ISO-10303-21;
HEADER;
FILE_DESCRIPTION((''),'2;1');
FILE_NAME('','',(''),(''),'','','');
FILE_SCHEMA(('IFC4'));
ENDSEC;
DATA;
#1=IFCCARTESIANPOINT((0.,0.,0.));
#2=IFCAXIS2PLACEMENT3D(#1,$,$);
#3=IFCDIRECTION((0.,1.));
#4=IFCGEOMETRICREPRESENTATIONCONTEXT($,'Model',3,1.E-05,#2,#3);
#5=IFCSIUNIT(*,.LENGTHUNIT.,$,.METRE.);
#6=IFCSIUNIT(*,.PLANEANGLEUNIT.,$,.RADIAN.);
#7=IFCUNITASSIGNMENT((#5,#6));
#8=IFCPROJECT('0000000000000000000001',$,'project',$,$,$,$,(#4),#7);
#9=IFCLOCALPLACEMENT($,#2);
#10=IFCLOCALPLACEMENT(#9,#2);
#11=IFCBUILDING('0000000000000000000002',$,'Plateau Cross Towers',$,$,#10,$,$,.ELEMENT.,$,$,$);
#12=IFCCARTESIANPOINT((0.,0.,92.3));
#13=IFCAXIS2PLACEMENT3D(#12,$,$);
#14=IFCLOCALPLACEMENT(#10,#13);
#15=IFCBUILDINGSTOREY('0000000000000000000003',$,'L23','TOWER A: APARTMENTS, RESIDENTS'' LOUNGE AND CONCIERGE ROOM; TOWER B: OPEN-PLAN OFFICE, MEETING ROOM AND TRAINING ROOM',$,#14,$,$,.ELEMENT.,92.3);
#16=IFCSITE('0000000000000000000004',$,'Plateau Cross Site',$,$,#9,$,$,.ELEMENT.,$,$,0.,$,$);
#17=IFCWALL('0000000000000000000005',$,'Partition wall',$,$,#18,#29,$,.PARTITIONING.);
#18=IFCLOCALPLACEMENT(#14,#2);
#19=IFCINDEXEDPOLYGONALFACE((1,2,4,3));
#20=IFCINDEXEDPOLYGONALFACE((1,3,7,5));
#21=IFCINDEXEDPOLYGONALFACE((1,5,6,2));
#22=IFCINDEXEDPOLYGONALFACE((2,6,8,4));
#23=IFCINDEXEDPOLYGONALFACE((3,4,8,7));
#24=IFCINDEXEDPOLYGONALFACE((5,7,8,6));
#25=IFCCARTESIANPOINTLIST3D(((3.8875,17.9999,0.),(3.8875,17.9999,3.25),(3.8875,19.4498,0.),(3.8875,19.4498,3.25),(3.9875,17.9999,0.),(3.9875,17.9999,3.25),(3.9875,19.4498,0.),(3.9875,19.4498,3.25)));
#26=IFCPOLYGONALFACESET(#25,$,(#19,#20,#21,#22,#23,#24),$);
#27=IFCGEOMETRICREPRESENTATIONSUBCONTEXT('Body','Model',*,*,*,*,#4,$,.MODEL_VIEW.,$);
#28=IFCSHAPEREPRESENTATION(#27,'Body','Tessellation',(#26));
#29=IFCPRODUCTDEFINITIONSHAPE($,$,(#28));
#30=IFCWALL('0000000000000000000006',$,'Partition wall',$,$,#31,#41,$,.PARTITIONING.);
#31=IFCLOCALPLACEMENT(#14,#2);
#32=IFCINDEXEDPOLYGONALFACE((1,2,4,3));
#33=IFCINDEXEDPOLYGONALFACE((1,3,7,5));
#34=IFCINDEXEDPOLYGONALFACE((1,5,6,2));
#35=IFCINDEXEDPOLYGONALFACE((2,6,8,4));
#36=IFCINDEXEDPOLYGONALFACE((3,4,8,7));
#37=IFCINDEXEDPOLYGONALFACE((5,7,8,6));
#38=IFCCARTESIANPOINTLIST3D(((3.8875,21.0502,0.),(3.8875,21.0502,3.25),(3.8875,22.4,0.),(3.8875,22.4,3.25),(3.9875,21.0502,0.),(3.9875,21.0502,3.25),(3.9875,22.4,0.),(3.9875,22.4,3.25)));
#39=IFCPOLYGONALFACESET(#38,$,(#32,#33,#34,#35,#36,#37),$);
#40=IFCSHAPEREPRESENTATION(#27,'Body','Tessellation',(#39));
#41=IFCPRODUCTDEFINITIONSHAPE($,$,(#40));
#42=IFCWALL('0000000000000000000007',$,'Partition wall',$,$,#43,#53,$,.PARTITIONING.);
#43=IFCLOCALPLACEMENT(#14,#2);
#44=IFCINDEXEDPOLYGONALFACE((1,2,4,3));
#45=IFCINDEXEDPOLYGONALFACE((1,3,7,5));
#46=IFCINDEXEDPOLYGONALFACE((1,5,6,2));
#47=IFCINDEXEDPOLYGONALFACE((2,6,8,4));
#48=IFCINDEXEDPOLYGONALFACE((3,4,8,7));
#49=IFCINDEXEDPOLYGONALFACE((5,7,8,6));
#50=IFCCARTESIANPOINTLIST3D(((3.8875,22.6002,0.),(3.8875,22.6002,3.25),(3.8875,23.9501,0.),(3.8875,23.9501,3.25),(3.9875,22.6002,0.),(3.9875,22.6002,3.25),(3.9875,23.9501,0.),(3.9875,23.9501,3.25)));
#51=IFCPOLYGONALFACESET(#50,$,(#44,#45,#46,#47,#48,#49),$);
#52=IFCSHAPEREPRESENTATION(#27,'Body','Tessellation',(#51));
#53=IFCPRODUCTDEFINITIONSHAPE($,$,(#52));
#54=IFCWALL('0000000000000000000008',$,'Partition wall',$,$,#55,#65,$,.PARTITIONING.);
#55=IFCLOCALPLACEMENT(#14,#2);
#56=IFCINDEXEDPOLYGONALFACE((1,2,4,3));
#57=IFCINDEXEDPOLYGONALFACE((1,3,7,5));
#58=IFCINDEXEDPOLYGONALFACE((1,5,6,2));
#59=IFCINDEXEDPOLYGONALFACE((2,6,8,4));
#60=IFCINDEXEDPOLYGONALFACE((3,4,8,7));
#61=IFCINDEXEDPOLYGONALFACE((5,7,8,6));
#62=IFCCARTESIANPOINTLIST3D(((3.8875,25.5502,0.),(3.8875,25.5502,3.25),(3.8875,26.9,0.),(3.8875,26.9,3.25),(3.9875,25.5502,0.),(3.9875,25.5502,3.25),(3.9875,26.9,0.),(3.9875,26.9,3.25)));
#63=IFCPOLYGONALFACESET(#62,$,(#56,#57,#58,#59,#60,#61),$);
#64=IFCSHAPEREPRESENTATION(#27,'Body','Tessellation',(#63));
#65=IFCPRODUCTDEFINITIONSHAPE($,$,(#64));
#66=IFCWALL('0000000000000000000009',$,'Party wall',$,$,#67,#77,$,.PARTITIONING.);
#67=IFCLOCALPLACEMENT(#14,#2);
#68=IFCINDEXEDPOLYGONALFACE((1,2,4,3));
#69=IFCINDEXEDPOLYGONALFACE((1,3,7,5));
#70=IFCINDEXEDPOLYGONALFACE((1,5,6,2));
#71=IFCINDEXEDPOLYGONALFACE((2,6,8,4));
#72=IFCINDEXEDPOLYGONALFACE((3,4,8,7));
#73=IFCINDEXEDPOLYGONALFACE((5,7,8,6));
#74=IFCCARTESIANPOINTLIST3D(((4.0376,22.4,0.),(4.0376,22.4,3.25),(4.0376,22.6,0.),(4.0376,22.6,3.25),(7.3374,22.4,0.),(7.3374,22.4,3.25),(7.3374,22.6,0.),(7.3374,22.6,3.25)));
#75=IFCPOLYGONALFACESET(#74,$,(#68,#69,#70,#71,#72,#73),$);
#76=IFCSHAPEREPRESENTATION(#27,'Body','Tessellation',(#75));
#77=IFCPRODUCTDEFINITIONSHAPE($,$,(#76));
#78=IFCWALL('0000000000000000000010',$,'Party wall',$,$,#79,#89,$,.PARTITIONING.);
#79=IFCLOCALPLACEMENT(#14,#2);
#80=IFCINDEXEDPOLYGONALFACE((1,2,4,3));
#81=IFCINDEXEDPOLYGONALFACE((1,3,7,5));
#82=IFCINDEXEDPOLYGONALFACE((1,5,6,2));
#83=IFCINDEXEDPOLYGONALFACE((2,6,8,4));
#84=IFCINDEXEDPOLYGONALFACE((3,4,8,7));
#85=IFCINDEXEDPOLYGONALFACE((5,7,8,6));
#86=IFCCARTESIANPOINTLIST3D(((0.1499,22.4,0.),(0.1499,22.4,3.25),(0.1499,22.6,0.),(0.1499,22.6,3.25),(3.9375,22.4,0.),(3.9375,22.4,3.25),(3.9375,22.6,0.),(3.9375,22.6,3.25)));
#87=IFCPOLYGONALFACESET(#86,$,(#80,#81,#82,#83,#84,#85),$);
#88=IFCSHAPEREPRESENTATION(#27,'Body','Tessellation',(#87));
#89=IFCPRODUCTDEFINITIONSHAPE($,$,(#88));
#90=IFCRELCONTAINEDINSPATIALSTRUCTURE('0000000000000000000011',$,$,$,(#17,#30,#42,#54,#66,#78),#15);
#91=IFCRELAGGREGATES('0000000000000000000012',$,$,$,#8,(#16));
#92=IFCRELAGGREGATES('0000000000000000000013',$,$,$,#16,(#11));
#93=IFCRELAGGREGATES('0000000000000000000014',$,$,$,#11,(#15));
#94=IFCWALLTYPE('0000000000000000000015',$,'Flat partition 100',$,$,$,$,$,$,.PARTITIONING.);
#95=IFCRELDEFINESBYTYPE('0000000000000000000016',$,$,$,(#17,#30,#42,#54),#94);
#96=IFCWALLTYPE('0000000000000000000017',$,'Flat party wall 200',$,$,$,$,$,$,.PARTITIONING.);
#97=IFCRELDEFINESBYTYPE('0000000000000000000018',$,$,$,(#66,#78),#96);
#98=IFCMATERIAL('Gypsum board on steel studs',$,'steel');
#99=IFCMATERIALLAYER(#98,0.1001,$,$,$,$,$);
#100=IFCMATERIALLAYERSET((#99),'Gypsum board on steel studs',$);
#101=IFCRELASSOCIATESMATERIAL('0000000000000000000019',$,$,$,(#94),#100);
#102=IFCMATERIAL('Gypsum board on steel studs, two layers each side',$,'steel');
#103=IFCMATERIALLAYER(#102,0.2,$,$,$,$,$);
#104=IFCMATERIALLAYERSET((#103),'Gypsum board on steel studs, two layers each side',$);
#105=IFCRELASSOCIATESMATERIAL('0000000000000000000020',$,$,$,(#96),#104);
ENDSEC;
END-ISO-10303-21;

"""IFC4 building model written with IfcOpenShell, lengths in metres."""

from ifc_helpers import new_model, si_unit, direction, frame, frame_2d, origin, place, context, subcontext, project, spatial, rectangle, extrude, material, layer, layer_set, type_object, element, save


model = new_model("IFC4")

# Units and contexts
model_context = context("Model", 3, precision=1e-05, world=origin(), true_north=direction((0.0, 1.0)))
body_context = subcontext(model_context, "Body", "Model", "MODEL_VIEW")
ifc_project = project(units=[si_unit("LENGTHUNIT", "METRE"), si_unit("PLANEANGLEUNIT", "RADIAN")], contexts=[model_context])

# Site, building, storey
site_placement = place(None, origin())
site = spatial("IfcSite", under=ifc_project, at=site_placement, Name="Plateau Cross Site", CompositionType="ELEMENT", RefElevation=0.0)
building_placement = place(site_placement, origin())
building = spatial("IfcBuilding", under=site, at=building_placement, Name="Plateau Cross Towers", CompositionType="ELEMENT")
storey_placement = place(building_placement, frame((0.0, 0.0, 92.3)))
storey = spatial("IfcBuildingStorey", under=building, at=storey_placement, Name="L23", Description="TOWER A: APARTMENTS, RESIDENTS' LOUNGE AND CONCIERGE ROOM; TOWER B: OPEN-PLAN OFFICE, MEETING ROOM AND TRAINING ROOM", CompositionType="ELEMENT", Elevation=92.3)

# Shared definitions
ifc_material_1 = material(Name="Gypsum board on steel studs", Category="steel")
ifc_layer_1 = layer(ifc_material_1, 0.1001)
ifc_layer_set_1 = layer_set([ifc_layer_1], Name="Gypsum board on steel studs")
wall_type_1 = type_object("IfcWallType", Name="Flat partition 100", PredefinedType="PARTITIONING", material=ifc_layer_set_1)

# Walls
wall_1_placement = place(storey_placement, frame((3.9375, 19.45, 0.0), z_axis=(0.0, 0.0, 1.0), x_axis=(0.0, -1.0, 0.0)))
element("IfcWall", 1, at=wall_1_placement, inside=storey, type_object=wall_type_1, Name="Partition wall", PredefinedType="PARTITIONING", context=body_context, shape_type="SweptSolid", body=[
    extrude(rectangle(XDim=1.45, YDim=0.1001, at=frame_2d((0.7251, 0.0))), origin(), (0.0, 0.0, 1.0), 3.25),
])
for number, where, z_axis, x_axis, name in (
    (2, (3.9375, 22.3999, 0.0), (0.0, 0.0, 1.0), (0.0, -1.0, 0.0), "Partition wall"),
    (3, (3.9375, 23.95, 0.0), (0.0, 0.0, 1.0), (0.0, -1.0, 0.0), "Partition wall"),
    (4, (3.9375, 26.8999, 0.0), (0.0, 0.0, 1.0), (0.0, -1.0, 0.0), "Partition wall"),
):
    element("IfcWall", number, at=place(storey_placement, frame(where, z_axis=z_axis, x_axis=x_axis)), inside=storey, type_object=wall_type_1, Name=name, PredefinedType="PARTITIONING", context=body_context, shape_type="SweptSolid", body=[
        extrude(rectangle(XDim=1.3499, YDim=0.1001, at=frame_2d((0.6748, 0.0))), origin(), (0.0, 0.0, 1.0), 3.25),
    ])
ifc_material_2 = material(Name="Gypsum board on steel studs, two layers each side", Category="steel")
ifc_layer_2 = layer(ifc_material_2, 0.2)
ifc_layer_set_2 = layer_set([ifc_layer_2], Name="Gypsum board on steel studs, two layers each side")
wall_type_2 = type_object("IfcWallType", Name="Flat party wall 200", PredefinedType="PARTITIONING", material=ifc_layer_set_2)
wall_2_placement = place(storey_placement, frame((7.3374, 22.5, 0.0), z_axis=(0.0, 0.0, 1.0), x_axis=(-1.0, 0.0, 0.0)))
element("IfcWall", 5, at=wall_2_placement, inside=storey, type_object=wall_type_2, Name="Party wall", PredefinedType="PARTITIONING", context=body_context, shape_type="SweptSolid", body=[
    extrude(rectangle(XDim=3.2998, YDim=0.2, at=frame_2d((1.6499, 0.0))), origin(), (0.0, 0.0, 1.0), 3.25),
])
wall_3_placement = place(storey_placement, frame((0.1499, 22.5, 0.0), z_axis=(0.0, 0.0, 1.0), x_axis=(1.0, 0.0, 0.0)))
element("IfcWall", 6, at=wall_3_placement, inside=storey, type_object=wall_type_2, Name="Party wall", PredefinedType="PARTITIONING", context=body_context, shape_type="SweptSolid", body=[
    extrude(rectangle(XDim=3.7876, YDim=0.2, at=frame_2d((1.8938, 0.0))), origin(), (0.0, 0.0, 1.0), 3.25),
])

save(model, "model.ifc")
